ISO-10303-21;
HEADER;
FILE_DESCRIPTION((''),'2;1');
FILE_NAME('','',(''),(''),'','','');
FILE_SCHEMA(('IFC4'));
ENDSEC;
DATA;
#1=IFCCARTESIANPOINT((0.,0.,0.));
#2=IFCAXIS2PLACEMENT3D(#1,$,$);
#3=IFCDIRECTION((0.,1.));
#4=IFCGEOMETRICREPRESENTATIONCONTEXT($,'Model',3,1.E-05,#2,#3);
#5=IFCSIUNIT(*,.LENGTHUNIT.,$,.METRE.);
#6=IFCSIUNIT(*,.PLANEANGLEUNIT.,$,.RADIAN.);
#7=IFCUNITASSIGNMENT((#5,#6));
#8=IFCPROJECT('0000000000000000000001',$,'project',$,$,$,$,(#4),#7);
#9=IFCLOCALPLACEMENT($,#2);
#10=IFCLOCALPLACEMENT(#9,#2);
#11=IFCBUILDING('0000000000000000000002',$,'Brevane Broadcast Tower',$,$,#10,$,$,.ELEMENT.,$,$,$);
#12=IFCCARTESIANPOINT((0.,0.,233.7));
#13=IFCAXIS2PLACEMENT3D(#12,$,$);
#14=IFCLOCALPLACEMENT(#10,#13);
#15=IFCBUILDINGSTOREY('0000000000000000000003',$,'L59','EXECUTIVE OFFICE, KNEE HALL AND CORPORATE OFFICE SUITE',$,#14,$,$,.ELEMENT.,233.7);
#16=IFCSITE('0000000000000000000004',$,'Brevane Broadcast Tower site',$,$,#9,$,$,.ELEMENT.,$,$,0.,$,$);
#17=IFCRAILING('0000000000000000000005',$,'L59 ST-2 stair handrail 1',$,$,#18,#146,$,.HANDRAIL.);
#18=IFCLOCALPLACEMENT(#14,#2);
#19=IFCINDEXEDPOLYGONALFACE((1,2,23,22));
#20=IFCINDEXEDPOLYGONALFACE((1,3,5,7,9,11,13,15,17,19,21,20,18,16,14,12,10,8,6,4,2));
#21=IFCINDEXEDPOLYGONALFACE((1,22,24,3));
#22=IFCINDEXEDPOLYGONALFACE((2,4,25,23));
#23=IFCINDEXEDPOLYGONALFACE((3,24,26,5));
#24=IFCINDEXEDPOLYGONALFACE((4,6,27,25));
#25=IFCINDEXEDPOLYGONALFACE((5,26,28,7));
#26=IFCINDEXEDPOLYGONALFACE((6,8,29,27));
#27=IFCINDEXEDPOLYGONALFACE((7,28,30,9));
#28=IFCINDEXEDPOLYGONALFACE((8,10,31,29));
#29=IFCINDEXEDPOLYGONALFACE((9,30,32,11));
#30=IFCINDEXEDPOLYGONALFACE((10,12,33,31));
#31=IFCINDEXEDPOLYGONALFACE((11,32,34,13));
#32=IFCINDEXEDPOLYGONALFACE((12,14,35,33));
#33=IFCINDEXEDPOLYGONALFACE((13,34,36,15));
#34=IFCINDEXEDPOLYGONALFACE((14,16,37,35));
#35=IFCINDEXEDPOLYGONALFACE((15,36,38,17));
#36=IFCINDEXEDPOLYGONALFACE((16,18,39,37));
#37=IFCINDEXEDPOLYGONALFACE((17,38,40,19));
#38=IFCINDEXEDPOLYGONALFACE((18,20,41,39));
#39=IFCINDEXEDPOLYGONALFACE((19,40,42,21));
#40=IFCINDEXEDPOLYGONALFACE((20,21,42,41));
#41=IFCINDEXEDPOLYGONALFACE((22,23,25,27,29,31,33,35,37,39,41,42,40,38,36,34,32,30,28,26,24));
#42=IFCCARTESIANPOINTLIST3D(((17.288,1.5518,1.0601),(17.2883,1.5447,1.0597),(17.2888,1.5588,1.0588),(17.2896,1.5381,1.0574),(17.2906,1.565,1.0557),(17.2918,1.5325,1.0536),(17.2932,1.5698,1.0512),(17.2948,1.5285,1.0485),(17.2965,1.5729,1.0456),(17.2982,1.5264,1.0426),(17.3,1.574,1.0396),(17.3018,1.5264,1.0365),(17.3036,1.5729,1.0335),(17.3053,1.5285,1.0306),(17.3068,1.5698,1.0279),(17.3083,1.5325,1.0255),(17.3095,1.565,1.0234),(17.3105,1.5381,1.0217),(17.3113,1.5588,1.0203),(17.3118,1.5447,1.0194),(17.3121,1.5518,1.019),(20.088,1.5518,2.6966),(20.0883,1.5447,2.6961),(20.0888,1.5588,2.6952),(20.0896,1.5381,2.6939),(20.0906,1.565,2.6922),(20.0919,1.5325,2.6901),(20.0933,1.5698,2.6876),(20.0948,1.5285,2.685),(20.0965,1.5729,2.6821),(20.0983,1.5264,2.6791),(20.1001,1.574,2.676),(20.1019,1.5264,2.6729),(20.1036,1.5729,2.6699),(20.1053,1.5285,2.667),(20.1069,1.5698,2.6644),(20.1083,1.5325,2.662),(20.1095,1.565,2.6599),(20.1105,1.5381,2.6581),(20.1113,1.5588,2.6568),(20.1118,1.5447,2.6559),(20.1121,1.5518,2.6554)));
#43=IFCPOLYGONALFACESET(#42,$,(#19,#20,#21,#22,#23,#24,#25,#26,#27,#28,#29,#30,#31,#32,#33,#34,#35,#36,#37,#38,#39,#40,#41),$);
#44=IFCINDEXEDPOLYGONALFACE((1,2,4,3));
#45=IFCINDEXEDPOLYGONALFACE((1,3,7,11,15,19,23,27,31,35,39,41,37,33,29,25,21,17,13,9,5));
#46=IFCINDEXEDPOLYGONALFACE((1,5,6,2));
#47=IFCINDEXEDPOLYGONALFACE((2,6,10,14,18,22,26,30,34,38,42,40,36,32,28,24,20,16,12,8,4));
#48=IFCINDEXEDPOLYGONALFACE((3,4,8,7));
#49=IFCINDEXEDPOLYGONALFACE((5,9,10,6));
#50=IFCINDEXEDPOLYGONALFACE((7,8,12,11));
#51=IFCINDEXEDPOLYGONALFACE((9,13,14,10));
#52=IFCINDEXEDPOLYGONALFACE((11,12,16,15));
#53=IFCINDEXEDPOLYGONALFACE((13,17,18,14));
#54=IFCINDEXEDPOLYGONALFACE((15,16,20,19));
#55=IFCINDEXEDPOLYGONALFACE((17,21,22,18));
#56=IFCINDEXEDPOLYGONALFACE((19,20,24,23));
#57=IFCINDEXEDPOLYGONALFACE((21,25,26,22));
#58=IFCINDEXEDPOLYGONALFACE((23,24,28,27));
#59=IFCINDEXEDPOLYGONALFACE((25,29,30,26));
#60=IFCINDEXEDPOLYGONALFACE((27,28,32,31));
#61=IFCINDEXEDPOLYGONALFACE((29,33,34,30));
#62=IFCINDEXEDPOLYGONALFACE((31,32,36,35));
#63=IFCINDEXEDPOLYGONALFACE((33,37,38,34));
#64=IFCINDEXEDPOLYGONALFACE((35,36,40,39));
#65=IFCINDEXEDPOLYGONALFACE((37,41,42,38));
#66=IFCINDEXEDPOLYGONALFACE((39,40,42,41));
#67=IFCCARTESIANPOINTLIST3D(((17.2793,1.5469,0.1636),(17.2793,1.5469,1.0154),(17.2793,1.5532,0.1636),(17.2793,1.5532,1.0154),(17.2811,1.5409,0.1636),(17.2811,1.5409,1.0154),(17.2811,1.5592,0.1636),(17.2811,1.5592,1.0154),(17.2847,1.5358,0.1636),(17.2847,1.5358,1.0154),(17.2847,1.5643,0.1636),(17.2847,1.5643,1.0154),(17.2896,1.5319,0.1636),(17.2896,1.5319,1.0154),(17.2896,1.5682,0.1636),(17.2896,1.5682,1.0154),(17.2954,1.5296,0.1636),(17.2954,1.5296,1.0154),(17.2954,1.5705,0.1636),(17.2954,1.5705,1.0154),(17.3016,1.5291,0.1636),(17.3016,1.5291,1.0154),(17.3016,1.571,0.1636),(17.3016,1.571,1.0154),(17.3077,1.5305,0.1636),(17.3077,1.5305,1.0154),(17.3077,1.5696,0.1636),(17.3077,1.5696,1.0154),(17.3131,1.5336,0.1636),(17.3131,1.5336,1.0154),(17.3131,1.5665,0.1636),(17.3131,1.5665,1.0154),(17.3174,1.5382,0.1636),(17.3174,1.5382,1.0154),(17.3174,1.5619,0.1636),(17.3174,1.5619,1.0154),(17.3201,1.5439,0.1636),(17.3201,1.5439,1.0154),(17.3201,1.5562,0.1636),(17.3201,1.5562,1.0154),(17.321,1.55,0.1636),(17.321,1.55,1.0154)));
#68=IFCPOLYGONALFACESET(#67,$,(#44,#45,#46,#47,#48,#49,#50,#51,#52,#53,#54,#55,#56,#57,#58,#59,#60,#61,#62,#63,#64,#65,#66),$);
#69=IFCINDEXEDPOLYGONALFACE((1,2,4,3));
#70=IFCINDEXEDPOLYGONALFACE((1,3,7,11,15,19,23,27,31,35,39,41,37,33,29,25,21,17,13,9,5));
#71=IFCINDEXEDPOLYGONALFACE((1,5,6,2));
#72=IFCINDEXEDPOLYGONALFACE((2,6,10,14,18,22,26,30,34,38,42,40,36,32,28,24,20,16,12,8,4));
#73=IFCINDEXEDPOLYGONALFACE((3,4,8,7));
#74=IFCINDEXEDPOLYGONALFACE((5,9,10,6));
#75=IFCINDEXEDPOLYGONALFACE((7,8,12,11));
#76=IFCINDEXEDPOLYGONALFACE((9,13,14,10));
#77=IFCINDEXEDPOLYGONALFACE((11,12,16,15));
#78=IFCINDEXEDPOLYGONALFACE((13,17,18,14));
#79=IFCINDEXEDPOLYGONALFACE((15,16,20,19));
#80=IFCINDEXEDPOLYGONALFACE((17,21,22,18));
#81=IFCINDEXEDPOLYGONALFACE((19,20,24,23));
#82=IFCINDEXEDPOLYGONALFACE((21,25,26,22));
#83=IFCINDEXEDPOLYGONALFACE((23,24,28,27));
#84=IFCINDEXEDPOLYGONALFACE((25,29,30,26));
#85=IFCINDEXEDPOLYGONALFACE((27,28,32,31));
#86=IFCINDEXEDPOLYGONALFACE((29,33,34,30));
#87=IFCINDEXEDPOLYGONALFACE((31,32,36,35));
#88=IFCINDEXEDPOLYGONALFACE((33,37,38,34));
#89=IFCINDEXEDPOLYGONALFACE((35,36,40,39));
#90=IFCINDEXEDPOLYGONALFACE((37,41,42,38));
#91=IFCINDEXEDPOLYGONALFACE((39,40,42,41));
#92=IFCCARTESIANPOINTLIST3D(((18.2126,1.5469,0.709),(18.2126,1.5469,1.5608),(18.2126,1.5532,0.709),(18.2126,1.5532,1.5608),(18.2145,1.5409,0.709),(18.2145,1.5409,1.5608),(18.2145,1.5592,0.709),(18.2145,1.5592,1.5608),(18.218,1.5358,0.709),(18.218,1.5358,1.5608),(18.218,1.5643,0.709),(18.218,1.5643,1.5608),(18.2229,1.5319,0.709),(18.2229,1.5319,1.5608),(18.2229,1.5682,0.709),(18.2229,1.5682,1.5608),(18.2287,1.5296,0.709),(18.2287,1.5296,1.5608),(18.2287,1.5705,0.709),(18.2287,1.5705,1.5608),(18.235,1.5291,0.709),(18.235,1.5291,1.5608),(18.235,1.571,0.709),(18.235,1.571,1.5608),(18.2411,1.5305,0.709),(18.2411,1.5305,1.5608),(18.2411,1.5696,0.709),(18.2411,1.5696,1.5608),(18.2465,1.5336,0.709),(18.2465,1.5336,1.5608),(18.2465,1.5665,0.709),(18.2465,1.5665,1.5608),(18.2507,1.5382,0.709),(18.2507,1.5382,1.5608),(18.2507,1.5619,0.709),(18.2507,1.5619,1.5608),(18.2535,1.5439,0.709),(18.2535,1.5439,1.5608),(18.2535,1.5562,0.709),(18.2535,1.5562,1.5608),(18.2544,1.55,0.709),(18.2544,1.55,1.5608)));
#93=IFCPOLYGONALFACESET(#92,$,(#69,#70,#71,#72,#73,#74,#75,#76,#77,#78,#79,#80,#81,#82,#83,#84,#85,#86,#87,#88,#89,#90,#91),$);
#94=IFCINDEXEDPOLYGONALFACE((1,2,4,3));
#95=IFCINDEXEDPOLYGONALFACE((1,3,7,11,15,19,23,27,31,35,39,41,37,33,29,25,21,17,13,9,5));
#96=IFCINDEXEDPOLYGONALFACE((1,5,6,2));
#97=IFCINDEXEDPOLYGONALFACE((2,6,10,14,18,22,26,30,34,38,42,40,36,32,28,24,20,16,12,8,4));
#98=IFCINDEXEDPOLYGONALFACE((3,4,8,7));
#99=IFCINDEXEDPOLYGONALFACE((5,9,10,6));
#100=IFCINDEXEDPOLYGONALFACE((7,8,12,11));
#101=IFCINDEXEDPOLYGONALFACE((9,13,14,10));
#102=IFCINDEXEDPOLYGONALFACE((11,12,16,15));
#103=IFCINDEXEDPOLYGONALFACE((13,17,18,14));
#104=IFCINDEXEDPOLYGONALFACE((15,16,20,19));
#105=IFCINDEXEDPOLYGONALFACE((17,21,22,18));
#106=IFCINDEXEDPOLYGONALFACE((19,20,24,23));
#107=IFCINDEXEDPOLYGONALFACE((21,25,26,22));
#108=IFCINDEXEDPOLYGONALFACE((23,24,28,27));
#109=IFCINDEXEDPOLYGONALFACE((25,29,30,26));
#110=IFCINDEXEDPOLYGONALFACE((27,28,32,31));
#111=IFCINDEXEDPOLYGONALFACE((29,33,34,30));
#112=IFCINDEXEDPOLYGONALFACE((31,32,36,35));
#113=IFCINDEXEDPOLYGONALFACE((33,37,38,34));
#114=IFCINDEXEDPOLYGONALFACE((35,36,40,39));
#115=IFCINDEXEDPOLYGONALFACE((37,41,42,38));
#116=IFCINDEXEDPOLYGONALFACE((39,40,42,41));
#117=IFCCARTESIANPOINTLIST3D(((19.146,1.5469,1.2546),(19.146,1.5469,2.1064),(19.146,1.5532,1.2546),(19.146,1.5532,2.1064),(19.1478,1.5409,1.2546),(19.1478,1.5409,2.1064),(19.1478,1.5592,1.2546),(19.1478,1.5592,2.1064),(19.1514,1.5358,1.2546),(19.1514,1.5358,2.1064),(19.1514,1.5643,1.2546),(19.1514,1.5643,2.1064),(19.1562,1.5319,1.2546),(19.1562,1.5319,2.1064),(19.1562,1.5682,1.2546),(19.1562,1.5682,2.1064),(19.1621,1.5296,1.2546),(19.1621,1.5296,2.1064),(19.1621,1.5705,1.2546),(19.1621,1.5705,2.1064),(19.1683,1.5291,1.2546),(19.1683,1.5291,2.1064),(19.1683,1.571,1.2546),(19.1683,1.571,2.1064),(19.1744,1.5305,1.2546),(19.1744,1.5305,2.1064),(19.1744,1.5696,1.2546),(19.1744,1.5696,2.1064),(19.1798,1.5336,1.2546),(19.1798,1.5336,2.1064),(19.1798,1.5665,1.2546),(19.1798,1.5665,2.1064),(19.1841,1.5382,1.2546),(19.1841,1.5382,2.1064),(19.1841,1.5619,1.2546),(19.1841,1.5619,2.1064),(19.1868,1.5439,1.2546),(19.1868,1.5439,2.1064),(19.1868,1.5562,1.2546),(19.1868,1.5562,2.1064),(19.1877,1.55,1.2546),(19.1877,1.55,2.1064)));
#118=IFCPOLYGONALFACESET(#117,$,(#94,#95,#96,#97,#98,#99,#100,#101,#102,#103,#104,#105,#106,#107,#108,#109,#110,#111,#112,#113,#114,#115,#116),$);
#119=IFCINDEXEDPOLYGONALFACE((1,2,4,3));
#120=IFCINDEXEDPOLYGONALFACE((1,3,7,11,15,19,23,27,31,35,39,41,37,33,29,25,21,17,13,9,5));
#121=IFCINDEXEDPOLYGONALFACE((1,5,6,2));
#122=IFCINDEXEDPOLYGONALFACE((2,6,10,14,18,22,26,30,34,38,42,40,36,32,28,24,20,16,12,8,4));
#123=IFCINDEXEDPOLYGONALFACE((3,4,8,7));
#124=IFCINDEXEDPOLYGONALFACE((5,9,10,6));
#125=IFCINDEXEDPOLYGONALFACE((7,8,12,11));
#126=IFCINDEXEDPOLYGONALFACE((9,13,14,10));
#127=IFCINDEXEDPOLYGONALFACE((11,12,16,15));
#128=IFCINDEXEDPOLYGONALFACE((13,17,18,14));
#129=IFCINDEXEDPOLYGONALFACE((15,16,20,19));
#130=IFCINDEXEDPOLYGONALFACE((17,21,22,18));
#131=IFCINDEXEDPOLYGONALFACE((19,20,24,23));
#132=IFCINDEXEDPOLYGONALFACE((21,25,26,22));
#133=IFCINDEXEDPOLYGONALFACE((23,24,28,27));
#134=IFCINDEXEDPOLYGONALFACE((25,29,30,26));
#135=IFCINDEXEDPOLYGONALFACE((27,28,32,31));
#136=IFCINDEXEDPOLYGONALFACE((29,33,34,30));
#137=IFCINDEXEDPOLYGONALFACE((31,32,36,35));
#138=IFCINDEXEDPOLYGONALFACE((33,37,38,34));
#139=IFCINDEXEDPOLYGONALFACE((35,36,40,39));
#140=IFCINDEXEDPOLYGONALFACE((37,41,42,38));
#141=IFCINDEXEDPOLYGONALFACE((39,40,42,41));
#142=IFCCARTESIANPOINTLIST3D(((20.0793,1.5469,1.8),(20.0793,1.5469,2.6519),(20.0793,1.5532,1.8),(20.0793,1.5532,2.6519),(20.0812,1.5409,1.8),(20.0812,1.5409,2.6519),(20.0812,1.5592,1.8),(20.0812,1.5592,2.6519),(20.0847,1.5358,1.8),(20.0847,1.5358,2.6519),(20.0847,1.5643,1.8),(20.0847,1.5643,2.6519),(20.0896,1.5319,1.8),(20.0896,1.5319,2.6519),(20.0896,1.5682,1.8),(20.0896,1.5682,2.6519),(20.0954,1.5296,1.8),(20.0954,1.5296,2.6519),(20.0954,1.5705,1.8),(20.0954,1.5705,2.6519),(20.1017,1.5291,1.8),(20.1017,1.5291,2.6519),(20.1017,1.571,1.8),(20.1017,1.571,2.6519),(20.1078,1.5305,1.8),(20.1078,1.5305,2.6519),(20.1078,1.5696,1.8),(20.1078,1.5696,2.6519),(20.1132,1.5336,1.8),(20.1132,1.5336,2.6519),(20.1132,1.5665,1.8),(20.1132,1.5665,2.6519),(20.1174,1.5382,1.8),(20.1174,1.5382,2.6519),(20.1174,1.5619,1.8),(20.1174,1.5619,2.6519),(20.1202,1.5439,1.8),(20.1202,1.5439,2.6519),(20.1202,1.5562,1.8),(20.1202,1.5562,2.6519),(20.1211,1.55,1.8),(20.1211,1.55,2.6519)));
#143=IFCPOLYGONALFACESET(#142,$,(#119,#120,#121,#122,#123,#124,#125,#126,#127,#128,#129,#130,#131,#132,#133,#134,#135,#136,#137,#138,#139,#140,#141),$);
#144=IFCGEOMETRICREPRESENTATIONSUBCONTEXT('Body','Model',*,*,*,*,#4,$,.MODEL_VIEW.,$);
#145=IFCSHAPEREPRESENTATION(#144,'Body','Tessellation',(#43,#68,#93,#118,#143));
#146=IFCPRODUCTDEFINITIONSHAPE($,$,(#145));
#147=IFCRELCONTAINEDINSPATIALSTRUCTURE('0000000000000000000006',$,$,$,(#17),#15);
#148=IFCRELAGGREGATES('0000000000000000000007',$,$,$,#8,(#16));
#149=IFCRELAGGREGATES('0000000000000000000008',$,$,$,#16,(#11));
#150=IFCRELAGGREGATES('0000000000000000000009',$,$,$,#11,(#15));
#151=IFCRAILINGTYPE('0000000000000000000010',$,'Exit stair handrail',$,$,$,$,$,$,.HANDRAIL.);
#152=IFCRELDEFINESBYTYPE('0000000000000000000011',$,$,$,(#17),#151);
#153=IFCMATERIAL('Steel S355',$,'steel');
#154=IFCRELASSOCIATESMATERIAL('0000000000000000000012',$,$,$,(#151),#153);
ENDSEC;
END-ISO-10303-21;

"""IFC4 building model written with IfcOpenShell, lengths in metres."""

from ifc_helpers import new_model, si_unit, direction, frame, origin, origin_2d, place, context, subcontext, project, spatial, circle, extrude, material, type_object, element, save


model = new_model("IFC4")

# Units and contexts
model_context = context("Model", 3, precision=1e-05, world=origin(), true_north=direction((0.0, 1.0)))
body_context = subcontext(model_context, "Body", "Model", "MODEL_VIEW")
ifc_project = project(units=[si_unit("LENGTHUNIT", "METRE"), si_unit("PLANEANGLEUNIT", "RADIAN")], contexts=[model_context])

# Site, building, storey
site_placement = place(None, origin())
site = spatial("IfcSite", under=ifc_project, at=site_placement, Name="Brevane Broadcast Tower site", CompositionType="ELEMENT", RefElevation=0.0)
building_placement = place(site_placement, origin())
building = spatial("IfcBuilding", under=site, at=building_placement, Name="Brevane Broadcast Tower", CompositionType="ELEMENT")
storey_placement = place(building_placement, frame((0.0, 0.0, 233.7)))
storey = spatial("IfcBuildingStorey", under=building, at=storey_placement, Name="L59", Description="EXECUTIVE OFFICE, KNEE HALL AND CORPORATE OFFICE SUITE", CompositionType="ELEMENT", Elevation=233.7)

# Railing
ifc_material_1 = material(Name="Steel S355", Category="steel")
railing_type_1 = type_object("IfcRailingType", Name="Exit stair handrail", PredefinedType="HANDRAIL", material=ifc_material_1)
railing_1_placement = place(storey_placement, frame((17.3, 1.55, 0.1636)))
element("IfcRailing", 1, at=railing_1_placement, inside=storey, type_object=railing_type_1, Name="L59 ST-2 stair handrail 1", PredefinedType="HANDRAIL", context=body_context, shape_type="SweptSolid", body=[
    extrude(circle(Radius=0.0239, at=origin_2d()), frame((0.0, 0.0, 0.876), z_axis=(0.863361, 0.0, 0.504587), x_axis=(0.0, 1.0, 0.0)), (0.0, 0.0, 1.0), 3.2432),
    extrude(circle(Radius=0.021, at=origin_2d()), origin(), (0.0, 0.0, 1.0), 0.8518),
    extrude(circle(Radius=0.021, at=origin_2d()), frame((0.9333, 0.0, 0.5454)), (0.0, 0.0, 1.0), 0.8518),
    extrude(circle(Radius=0.021, at=origin_2d()), frame((1.8667, 0.0, 1.0911)), (0.0, 0.0, 1.0), 0.8518),
    extrude(circle(Radius=0.021, at=origin_2d()), frame((2.8, 0.0, 1.6365)), (0.0, 0.0, 1.0), 0.8518),
])

save(model, "model.ifc")
